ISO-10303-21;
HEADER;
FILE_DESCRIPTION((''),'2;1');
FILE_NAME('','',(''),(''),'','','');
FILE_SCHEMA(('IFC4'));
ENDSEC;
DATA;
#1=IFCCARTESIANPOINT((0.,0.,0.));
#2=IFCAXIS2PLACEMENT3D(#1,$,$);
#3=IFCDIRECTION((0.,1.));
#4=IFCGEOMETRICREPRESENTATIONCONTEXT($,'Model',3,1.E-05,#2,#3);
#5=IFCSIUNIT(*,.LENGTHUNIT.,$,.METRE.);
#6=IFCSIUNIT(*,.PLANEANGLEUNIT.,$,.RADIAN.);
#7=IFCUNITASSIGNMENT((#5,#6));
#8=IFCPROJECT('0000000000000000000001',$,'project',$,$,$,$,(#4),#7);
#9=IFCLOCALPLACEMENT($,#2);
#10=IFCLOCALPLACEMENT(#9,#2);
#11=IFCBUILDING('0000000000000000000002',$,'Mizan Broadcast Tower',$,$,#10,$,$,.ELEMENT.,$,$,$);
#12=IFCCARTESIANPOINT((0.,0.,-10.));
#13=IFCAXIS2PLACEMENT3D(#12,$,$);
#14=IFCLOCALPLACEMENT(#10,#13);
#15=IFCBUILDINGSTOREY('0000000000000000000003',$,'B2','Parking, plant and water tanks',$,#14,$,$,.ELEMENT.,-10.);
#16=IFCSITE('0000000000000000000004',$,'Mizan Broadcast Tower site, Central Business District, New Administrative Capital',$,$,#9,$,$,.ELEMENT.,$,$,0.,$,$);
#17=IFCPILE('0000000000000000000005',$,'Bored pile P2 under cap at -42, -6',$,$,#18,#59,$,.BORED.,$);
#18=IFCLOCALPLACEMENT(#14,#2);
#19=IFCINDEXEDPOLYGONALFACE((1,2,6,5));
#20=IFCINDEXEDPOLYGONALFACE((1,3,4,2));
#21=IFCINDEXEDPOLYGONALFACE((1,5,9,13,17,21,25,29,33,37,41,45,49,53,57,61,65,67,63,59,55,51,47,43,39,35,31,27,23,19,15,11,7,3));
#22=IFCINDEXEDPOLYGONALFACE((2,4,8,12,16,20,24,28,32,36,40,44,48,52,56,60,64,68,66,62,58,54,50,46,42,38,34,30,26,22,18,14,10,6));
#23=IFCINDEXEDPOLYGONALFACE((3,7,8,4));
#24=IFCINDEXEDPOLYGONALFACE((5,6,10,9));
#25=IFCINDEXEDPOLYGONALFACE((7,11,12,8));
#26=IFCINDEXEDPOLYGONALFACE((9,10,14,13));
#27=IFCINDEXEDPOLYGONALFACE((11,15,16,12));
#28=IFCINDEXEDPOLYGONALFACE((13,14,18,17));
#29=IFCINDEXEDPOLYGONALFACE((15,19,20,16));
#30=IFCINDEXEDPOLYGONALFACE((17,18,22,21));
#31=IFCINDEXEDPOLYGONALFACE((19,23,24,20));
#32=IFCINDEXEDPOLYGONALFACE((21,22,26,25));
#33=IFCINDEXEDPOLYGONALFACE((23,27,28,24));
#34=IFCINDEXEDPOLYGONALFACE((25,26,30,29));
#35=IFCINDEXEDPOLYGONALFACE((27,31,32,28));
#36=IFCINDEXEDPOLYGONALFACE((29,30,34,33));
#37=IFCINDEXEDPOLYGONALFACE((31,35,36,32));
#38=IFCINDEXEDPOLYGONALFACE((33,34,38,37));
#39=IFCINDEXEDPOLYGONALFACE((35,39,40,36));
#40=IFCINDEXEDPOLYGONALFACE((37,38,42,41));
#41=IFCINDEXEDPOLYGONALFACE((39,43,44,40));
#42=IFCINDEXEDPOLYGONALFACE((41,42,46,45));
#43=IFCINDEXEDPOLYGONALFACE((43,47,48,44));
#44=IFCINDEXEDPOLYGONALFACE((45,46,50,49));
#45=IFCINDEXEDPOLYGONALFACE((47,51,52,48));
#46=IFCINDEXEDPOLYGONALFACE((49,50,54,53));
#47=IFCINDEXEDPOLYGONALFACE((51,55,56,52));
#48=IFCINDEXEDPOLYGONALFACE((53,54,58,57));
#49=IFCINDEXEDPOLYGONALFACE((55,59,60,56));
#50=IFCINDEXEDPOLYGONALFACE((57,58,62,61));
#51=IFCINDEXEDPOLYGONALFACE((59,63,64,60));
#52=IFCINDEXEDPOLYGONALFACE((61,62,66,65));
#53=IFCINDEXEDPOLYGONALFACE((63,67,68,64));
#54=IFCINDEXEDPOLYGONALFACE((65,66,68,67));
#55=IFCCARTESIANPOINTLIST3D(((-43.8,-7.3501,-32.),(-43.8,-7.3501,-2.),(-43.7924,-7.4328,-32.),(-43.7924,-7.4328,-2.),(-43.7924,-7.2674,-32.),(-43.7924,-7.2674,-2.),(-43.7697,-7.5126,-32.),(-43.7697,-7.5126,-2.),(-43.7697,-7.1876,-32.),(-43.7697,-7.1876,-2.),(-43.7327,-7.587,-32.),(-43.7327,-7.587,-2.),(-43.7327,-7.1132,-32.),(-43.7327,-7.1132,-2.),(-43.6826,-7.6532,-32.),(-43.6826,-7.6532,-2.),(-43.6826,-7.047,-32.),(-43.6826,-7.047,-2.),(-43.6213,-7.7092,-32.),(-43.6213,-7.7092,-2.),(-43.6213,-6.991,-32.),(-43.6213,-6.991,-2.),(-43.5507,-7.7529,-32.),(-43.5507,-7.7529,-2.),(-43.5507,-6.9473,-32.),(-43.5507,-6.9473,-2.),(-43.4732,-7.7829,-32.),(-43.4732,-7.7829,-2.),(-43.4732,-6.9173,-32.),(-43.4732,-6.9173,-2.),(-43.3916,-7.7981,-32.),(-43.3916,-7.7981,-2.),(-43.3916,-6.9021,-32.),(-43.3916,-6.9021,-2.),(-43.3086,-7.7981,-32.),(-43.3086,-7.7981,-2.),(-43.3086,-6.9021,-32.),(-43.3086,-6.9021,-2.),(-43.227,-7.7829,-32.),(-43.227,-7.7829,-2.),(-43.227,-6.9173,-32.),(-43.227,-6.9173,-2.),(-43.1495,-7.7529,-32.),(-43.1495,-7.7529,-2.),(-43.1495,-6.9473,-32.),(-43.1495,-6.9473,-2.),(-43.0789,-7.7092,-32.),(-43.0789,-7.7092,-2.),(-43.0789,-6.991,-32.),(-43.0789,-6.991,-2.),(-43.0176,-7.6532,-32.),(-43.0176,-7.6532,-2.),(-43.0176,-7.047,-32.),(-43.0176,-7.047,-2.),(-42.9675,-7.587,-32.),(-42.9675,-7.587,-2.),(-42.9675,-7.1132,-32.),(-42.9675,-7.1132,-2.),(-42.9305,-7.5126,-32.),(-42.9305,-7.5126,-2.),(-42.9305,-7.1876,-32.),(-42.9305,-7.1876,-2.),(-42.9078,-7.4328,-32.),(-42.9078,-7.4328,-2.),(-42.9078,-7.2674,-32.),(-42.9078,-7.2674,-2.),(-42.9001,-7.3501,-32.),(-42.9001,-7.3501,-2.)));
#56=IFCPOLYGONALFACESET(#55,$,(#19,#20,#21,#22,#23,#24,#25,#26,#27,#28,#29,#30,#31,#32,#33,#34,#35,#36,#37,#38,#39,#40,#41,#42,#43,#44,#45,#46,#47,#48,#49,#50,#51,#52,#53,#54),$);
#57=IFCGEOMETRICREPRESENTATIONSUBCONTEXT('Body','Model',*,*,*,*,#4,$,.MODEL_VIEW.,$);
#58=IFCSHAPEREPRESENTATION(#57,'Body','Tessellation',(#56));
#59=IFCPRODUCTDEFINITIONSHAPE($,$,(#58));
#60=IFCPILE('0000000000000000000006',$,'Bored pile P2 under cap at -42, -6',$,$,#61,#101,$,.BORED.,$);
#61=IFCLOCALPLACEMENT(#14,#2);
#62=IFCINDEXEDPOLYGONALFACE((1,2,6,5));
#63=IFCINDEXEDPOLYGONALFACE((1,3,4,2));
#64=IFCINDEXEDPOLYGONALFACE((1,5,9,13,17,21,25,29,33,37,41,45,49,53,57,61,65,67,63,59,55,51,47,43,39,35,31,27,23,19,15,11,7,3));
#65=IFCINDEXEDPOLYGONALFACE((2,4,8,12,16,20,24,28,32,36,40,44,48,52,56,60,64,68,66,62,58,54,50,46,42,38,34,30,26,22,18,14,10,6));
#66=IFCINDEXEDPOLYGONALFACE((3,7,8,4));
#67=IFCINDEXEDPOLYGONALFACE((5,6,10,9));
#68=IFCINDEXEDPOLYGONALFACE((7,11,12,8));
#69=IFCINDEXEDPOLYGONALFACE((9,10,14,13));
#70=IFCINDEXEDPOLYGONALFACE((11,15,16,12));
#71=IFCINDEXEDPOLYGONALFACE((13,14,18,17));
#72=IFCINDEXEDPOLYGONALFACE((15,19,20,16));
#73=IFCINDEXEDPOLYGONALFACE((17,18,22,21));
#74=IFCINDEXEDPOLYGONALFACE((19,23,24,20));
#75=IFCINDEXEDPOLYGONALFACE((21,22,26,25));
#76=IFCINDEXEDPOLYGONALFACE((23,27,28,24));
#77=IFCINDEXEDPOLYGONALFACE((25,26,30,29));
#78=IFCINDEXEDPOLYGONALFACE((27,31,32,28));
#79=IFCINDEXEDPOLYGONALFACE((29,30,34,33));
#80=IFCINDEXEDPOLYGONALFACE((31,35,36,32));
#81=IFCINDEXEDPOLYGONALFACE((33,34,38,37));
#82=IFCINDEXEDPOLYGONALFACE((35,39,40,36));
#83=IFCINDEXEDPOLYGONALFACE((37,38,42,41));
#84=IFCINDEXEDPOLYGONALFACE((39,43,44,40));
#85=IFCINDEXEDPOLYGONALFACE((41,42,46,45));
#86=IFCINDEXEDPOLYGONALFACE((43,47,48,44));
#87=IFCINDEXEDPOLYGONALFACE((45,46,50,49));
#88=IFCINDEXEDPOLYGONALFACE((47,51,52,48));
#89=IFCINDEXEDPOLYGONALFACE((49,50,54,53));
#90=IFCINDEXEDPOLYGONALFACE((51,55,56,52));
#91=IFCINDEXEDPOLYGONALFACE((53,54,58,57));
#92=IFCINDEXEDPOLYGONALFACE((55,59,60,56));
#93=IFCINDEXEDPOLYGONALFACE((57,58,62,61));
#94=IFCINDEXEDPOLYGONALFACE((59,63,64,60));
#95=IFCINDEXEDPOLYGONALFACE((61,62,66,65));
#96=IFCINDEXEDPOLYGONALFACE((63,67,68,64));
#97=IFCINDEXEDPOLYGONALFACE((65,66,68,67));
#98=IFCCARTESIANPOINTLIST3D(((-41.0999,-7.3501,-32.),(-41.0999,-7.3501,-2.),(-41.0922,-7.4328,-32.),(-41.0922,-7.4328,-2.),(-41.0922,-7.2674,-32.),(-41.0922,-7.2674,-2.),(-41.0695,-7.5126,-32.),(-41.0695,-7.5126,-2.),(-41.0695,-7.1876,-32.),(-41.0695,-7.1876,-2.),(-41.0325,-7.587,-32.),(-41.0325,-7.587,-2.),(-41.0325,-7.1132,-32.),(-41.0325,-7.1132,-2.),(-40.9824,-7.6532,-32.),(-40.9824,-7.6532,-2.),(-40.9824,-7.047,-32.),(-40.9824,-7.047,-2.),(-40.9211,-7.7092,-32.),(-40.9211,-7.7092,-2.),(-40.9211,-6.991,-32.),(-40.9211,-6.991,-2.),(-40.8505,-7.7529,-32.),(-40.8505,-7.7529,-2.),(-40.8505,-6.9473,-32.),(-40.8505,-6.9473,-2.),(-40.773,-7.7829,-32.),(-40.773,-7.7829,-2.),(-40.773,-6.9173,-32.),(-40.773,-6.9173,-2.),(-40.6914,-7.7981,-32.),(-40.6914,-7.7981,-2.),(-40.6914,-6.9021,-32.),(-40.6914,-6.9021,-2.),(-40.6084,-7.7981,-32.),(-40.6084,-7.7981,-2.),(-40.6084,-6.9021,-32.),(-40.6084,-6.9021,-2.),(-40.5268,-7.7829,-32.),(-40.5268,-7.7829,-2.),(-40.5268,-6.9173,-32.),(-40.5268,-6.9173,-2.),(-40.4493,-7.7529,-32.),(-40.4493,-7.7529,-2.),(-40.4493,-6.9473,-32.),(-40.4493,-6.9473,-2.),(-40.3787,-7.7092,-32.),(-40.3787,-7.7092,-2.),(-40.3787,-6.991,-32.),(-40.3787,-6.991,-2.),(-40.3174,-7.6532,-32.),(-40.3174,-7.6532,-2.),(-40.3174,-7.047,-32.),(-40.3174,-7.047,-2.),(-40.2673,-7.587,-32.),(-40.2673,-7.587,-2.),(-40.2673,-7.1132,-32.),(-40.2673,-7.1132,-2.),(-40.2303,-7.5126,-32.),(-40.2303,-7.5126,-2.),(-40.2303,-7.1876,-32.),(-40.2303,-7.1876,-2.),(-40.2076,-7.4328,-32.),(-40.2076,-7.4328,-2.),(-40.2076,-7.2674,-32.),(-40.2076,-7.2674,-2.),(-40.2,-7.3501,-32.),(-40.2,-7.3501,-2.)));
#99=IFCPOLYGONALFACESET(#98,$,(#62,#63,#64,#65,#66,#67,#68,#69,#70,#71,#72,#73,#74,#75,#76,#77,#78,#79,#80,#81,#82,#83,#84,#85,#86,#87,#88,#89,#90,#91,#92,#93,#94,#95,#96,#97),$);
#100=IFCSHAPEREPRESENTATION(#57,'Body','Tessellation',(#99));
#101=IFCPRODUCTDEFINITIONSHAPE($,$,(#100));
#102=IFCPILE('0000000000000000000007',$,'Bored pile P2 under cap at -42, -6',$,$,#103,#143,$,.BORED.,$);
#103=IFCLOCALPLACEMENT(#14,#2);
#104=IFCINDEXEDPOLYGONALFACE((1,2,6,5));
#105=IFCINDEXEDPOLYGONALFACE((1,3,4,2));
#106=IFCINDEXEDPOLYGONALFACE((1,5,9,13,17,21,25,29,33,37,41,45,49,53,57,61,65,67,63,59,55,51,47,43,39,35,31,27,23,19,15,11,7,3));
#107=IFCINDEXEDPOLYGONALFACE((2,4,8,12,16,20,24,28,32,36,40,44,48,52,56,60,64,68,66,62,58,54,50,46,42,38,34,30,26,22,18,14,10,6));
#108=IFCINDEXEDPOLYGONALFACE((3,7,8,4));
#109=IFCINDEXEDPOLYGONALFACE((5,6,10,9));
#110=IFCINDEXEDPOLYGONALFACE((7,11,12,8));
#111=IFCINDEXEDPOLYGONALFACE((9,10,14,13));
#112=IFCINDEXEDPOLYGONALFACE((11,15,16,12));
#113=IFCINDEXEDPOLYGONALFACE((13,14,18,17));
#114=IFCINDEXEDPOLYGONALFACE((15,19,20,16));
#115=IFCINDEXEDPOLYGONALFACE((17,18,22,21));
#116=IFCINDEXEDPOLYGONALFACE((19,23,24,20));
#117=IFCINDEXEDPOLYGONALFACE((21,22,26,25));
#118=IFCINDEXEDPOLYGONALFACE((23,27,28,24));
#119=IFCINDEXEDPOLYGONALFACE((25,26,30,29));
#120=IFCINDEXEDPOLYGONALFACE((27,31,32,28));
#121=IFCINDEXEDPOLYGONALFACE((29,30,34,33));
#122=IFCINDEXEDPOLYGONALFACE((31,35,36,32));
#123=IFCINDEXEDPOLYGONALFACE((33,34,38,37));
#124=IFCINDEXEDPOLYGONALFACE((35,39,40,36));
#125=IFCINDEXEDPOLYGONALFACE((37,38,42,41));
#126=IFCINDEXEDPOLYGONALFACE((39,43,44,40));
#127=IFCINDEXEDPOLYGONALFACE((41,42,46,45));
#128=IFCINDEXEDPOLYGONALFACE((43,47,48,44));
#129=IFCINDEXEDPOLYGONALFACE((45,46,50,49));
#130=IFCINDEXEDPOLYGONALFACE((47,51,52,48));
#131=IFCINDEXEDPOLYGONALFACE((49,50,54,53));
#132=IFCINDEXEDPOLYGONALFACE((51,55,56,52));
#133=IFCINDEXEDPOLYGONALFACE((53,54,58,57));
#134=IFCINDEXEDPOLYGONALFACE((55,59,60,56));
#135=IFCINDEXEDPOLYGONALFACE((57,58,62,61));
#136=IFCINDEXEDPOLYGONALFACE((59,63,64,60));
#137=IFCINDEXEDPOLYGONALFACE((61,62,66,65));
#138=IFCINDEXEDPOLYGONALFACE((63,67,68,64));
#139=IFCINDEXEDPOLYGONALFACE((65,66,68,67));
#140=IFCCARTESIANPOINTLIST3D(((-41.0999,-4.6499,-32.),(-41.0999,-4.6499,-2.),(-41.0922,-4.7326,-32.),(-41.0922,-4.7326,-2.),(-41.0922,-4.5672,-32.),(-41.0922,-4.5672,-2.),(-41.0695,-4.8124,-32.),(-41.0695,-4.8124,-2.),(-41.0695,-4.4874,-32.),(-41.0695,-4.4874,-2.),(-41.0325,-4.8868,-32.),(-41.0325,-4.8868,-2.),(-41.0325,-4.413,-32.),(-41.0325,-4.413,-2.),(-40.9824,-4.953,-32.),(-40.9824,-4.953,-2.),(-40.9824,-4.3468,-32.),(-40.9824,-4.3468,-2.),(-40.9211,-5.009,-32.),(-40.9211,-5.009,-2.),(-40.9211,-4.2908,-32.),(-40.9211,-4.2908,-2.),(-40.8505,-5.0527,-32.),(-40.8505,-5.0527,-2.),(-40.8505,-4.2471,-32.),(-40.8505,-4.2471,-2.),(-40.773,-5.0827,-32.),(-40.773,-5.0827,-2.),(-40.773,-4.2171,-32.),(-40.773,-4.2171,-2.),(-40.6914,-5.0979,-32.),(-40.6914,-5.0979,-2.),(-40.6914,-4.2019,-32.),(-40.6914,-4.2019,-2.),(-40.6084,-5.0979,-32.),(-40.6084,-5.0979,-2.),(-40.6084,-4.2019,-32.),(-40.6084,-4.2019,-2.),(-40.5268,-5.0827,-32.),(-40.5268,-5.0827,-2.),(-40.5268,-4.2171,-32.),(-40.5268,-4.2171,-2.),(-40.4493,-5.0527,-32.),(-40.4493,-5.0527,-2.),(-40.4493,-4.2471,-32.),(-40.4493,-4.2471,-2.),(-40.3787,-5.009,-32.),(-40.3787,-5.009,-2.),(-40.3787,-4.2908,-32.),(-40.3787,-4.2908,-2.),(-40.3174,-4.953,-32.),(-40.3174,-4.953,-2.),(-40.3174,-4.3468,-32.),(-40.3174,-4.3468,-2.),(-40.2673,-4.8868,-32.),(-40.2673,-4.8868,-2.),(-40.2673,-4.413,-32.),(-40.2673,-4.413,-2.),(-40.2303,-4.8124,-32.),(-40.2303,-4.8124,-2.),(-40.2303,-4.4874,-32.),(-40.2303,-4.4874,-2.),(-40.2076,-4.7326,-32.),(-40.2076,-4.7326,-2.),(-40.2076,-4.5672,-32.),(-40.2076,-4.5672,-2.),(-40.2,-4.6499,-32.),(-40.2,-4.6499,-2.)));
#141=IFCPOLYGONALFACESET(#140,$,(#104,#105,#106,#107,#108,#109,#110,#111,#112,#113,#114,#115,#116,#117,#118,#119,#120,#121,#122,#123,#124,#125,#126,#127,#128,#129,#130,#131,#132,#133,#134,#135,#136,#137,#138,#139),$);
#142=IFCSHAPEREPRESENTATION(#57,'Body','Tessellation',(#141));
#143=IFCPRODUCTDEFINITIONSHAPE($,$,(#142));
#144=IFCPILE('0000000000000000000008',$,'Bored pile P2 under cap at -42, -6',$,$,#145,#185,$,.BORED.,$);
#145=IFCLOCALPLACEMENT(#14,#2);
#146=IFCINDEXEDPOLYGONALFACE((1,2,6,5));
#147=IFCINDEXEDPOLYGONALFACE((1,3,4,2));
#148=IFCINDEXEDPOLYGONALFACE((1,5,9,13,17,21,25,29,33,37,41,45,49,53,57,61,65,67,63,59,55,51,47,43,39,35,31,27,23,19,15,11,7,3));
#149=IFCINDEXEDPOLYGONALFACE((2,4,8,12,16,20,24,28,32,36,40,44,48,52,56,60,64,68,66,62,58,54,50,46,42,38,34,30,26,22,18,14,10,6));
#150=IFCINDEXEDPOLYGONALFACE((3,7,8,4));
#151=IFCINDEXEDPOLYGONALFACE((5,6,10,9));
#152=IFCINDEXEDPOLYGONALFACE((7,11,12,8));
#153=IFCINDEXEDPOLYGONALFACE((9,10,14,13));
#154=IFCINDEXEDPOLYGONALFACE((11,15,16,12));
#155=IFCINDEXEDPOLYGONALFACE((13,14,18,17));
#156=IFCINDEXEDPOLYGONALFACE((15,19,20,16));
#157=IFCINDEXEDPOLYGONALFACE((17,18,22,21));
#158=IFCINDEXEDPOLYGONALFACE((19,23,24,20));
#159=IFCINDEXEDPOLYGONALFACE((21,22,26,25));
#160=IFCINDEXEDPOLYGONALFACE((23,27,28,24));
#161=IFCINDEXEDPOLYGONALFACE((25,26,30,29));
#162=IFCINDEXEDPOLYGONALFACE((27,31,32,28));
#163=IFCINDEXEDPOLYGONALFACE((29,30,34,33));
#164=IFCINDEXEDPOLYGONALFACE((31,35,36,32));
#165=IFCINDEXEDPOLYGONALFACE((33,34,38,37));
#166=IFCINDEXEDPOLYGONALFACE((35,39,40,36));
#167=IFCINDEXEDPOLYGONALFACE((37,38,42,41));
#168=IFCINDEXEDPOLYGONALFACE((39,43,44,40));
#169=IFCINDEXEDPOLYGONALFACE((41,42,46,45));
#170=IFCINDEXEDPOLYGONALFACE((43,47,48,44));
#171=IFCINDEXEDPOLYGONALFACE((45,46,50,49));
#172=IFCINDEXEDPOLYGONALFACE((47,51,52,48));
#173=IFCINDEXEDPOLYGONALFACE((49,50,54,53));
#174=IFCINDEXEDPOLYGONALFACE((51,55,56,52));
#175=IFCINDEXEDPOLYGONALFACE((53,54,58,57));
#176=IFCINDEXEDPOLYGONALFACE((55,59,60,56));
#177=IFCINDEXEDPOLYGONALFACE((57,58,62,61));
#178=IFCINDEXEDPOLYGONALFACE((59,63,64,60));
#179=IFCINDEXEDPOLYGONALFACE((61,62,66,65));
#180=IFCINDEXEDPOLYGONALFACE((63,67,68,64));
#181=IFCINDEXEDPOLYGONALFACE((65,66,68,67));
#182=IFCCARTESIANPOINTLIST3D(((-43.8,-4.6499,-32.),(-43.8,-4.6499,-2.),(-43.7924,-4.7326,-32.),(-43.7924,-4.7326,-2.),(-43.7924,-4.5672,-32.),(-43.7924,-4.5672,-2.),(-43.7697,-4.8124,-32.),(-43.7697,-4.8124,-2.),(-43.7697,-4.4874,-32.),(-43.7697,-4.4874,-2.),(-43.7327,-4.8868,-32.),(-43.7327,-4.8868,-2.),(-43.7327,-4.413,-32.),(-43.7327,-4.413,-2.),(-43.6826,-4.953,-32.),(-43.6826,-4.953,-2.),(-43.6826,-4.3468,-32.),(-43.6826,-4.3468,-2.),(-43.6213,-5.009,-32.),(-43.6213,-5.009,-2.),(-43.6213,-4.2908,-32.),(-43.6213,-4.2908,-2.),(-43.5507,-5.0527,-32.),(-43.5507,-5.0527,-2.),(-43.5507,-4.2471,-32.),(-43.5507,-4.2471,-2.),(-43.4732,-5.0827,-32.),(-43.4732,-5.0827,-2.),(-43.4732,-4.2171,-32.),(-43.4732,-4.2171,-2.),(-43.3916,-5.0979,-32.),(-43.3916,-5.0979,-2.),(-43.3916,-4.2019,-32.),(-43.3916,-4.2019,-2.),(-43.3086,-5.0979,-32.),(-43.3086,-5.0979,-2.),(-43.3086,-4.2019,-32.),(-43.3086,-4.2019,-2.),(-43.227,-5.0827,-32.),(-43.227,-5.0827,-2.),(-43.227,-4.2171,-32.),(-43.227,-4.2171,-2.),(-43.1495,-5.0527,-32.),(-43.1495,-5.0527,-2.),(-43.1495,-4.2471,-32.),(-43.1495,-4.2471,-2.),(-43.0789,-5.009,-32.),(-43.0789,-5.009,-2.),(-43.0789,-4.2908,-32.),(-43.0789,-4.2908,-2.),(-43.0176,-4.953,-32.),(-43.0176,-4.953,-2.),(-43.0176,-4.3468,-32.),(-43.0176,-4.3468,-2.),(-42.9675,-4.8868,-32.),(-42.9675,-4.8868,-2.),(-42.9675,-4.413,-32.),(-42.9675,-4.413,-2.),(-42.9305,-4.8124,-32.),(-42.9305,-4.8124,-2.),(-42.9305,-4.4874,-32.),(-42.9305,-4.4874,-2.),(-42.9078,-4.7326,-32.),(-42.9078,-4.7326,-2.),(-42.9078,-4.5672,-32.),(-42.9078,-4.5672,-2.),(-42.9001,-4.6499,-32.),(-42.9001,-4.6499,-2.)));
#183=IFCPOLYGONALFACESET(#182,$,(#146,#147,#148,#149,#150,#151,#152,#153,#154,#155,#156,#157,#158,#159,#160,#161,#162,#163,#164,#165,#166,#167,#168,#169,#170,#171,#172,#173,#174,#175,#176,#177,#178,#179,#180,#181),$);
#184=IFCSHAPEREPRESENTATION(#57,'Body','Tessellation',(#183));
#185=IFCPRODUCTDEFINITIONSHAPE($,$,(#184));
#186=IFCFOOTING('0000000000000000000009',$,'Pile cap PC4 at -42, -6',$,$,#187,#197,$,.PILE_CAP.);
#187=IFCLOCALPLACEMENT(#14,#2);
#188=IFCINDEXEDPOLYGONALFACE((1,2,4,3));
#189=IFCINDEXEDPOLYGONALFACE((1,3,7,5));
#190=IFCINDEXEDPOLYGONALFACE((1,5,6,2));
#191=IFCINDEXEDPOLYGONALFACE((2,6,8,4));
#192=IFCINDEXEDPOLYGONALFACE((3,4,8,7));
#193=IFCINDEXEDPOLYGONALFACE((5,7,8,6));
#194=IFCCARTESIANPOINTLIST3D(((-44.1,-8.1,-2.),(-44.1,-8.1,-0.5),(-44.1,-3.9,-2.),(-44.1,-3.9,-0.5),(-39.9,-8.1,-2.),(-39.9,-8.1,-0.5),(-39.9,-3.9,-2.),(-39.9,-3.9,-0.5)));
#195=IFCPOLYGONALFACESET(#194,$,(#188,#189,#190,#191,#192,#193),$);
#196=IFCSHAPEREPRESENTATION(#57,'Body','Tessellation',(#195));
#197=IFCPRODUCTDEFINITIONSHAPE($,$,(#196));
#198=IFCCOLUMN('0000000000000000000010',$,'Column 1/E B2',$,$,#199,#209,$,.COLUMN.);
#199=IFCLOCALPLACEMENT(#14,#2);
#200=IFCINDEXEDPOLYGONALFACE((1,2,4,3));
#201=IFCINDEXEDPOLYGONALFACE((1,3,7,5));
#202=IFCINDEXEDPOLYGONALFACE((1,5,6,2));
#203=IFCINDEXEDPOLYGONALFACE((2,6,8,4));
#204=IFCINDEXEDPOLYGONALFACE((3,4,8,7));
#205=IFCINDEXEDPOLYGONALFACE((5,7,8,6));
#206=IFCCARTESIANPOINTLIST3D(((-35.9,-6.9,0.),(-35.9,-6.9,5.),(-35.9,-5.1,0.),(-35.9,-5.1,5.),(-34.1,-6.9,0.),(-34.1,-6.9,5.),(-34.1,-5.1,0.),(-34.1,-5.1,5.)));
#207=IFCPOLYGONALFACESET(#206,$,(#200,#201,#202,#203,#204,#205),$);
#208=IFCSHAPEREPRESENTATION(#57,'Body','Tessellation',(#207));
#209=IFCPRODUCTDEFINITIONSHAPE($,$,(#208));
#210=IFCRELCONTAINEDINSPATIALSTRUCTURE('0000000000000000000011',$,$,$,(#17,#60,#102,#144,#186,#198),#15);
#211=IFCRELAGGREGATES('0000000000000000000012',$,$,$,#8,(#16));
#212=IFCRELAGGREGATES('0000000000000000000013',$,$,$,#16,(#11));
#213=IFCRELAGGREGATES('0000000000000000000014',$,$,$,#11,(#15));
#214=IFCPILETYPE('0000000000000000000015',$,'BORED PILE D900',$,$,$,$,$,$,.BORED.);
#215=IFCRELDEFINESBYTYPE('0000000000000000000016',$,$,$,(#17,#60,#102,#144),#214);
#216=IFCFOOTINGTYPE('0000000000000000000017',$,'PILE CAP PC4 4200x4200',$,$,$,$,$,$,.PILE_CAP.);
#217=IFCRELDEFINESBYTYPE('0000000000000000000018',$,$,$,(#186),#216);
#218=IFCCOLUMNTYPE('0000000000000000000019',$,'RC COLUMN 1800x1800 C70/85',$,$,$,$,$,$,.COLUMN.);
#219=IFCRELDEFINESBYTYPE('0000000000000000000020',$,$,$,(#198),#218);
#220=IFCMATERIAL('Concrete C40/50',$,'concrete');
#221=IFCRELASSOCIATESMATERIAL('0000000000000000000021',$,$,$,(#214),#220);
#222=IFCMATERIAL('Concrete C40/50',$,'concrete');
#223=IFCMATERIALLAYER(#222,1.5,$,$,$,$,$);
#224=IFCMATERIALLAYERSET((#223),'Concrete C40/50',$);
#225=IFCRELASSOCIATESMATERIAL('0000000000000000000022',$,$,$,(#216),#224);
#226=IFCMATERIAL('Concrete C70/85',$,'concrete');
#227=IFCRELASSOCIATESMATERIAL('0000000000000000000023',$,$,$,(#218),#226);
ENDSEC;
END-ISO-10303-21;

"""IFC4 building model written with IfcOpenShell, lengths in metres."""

from ifc_helpers import new_model, si_unit, direction, frame, origin, origin_2d, place, context, subcontext, project, spatial, rectangle, circle, extrude, material, layer, layer_set, material_profile, profile_set, type_object, element, save


model = new_model("IFC4")

# Units and contexts
model_context = context("Model", 3, precision=1e-05, world=origin(), true_north=direction((0.0, 1.0)))
body_context = subcontext(model_context, "Body", "Model", "MODEL_VIEW")
ifc_project = project(units=[si_unit("LENGTHUNIT", "METRE"), si_unit("PLANEANGLEUNIT", "RADIAN")], contexts=[model_context])

# Site, building, storey
site_placement = place(None, origin())
site = spatial("IfcSite", under=ifc_project, at=site_placement, Name="Mizan Broadcast Tower site, Central Business District, New Administrative Capital", CompositionType="ELEMENT", RefElevation=0.0)
building_placement = place(site_placement, origin())
building = spatial("IfcBuilding", under=site, at=building_placement, Name="Mizan Broadcast Tower", CompositionType="ELEMENT")
storey_placement = place(building_placement, frame((0.0, 0.0, -10.0)))
storey = spatial("IfcBuildingStorey", under=building, at=storey_placement, Name="B2", Description="Parking, plant and water tanks", CompositionType="ELEMENT", Elevation=-10.0)

# Piles
ifc_material_1 = material(Name="Concrete C40/50", Category="concrete")
ifc_material_profile_1 = material_profile(ifc_material_1, circle(Radius=0.45, at=origin_2d()), Name="D900")
ifc_profile_set_1 = profile_set([ifc_material_profile_1], Name="Concrete C40/50")
pile_type_1 = type_object("IfcPileType", Name="BORED PILE D900", PredefinedType="BORED", material=ifc_profile_set_1)
for number, where, z_axis, x_axis, name in (
    (1, (-43.3501, -7.3501, -2.0), (0.0, 0.0, -1.0), (1.0, 0.0, 0.0), "Bored pile P2 under cap at -42, -6"),
    (2, (-40.6499, -7.3501, -2.0), (0.0, 0.0, -1.0), (1.0, 0.0, 0.0), "Bored pile P2 under cap at -42, -6"),
    (3, (-40.6499, -4.6499, -2.0), (0.0, 0.0, -1.0), (1.0, 0.0, 0.0), "Bored pile P2 under cap at -42, -6"),
    (4, (-43.3501, -4.6499, -2.0), (0.0, 0.0, -1.0), (1.0, 0.0, 0.0), "Bored pile P2 under cap at -42, -6"),
):
    element("IfcPile", number, at=place(storey_placement, frame(where, z_axis=z_axis, x_axis=x_axis)), inside=storey, type_object=pile_type_1, Name=name, PredefinedType="BORED", context=body_context, shape_type="SweptSolid", body=[
        extrude(circle(Radius=0.45, at=origin_2d()), origin(), (0.0, 0.0, 1.0), 30.0),
    ])

# Footing
ifc_material_2 = material(Name="Concrete C40/50", Category="concrete")
ifc_layer_1 = layer(ifc_material_2, 1.5)
ifc_layer_set_1 = layer_set([ifc_layer_1], Name="Concrete C40/50")
footing_type = type_object("IfcFootingType", Name="PILE CAP PC4 4200x4200", PredefinedType="PILE_CAP", material=ifc_layer_set_1)
footing_placement = place(storey_placement, frame((-42.0, -6.0, -2.0), z_axis=(0.0, 0.0, 1.0), x_axis=(1.0, 0.0, 0.0)))
element("IfcFooting", 5, at=footing_placement, inside=storey, type_object=footing_type, Name="Pile cap PC4 at -42, -6", PredefinedType="PILE_CAP", context=body_context, shape_type="SweptSolid", body=[
    extrude(rectangle(XDim=4.2, YDim=4.2, at=origin_2d()), origin(), (0.0, 0.0, 1.0), 1.5),
])

# Column
ifc_material_3 = material(Name="Concrete C70/85", Category="concrete")
ifc_material_profile_2 = material_profile(ifc_material_3, rectangle(XDim=1.8, YDim=1.8, at=origin_2d()), Name="RC 1800x1800")
ifc_profile_set_2 = profile_set([ifc_material_profile_2], Name="Concrete C70/85")
column_type_1 = type_object("IfcColumnType", Name="RC COLUMN 1800x1800 C70/85", PredefinedType="COLUMN", material=ifc_profile_set_2)
column_1_placement = place(storey_placement, frame((-35.0, -6.0, 0.0), z_axis=(0.0, 0.0, 1.0), x_axis=(1.0, 0.0, 0.0)))
element("IfcColumn", 6, at=column_1_placement, inside=storey, type_object=column_type_1, Name="Column 1/E B2", PredefinedType="COLUMN", context=body_context, shape_type="SweptSolid", body=[
    extrude(rectangle(XDim=1.8, YDim=1.8, at=origin_2d()), origin(), (0.0, 0.0, 1.0), 5.0),
])

save(model, "model.ifc")
